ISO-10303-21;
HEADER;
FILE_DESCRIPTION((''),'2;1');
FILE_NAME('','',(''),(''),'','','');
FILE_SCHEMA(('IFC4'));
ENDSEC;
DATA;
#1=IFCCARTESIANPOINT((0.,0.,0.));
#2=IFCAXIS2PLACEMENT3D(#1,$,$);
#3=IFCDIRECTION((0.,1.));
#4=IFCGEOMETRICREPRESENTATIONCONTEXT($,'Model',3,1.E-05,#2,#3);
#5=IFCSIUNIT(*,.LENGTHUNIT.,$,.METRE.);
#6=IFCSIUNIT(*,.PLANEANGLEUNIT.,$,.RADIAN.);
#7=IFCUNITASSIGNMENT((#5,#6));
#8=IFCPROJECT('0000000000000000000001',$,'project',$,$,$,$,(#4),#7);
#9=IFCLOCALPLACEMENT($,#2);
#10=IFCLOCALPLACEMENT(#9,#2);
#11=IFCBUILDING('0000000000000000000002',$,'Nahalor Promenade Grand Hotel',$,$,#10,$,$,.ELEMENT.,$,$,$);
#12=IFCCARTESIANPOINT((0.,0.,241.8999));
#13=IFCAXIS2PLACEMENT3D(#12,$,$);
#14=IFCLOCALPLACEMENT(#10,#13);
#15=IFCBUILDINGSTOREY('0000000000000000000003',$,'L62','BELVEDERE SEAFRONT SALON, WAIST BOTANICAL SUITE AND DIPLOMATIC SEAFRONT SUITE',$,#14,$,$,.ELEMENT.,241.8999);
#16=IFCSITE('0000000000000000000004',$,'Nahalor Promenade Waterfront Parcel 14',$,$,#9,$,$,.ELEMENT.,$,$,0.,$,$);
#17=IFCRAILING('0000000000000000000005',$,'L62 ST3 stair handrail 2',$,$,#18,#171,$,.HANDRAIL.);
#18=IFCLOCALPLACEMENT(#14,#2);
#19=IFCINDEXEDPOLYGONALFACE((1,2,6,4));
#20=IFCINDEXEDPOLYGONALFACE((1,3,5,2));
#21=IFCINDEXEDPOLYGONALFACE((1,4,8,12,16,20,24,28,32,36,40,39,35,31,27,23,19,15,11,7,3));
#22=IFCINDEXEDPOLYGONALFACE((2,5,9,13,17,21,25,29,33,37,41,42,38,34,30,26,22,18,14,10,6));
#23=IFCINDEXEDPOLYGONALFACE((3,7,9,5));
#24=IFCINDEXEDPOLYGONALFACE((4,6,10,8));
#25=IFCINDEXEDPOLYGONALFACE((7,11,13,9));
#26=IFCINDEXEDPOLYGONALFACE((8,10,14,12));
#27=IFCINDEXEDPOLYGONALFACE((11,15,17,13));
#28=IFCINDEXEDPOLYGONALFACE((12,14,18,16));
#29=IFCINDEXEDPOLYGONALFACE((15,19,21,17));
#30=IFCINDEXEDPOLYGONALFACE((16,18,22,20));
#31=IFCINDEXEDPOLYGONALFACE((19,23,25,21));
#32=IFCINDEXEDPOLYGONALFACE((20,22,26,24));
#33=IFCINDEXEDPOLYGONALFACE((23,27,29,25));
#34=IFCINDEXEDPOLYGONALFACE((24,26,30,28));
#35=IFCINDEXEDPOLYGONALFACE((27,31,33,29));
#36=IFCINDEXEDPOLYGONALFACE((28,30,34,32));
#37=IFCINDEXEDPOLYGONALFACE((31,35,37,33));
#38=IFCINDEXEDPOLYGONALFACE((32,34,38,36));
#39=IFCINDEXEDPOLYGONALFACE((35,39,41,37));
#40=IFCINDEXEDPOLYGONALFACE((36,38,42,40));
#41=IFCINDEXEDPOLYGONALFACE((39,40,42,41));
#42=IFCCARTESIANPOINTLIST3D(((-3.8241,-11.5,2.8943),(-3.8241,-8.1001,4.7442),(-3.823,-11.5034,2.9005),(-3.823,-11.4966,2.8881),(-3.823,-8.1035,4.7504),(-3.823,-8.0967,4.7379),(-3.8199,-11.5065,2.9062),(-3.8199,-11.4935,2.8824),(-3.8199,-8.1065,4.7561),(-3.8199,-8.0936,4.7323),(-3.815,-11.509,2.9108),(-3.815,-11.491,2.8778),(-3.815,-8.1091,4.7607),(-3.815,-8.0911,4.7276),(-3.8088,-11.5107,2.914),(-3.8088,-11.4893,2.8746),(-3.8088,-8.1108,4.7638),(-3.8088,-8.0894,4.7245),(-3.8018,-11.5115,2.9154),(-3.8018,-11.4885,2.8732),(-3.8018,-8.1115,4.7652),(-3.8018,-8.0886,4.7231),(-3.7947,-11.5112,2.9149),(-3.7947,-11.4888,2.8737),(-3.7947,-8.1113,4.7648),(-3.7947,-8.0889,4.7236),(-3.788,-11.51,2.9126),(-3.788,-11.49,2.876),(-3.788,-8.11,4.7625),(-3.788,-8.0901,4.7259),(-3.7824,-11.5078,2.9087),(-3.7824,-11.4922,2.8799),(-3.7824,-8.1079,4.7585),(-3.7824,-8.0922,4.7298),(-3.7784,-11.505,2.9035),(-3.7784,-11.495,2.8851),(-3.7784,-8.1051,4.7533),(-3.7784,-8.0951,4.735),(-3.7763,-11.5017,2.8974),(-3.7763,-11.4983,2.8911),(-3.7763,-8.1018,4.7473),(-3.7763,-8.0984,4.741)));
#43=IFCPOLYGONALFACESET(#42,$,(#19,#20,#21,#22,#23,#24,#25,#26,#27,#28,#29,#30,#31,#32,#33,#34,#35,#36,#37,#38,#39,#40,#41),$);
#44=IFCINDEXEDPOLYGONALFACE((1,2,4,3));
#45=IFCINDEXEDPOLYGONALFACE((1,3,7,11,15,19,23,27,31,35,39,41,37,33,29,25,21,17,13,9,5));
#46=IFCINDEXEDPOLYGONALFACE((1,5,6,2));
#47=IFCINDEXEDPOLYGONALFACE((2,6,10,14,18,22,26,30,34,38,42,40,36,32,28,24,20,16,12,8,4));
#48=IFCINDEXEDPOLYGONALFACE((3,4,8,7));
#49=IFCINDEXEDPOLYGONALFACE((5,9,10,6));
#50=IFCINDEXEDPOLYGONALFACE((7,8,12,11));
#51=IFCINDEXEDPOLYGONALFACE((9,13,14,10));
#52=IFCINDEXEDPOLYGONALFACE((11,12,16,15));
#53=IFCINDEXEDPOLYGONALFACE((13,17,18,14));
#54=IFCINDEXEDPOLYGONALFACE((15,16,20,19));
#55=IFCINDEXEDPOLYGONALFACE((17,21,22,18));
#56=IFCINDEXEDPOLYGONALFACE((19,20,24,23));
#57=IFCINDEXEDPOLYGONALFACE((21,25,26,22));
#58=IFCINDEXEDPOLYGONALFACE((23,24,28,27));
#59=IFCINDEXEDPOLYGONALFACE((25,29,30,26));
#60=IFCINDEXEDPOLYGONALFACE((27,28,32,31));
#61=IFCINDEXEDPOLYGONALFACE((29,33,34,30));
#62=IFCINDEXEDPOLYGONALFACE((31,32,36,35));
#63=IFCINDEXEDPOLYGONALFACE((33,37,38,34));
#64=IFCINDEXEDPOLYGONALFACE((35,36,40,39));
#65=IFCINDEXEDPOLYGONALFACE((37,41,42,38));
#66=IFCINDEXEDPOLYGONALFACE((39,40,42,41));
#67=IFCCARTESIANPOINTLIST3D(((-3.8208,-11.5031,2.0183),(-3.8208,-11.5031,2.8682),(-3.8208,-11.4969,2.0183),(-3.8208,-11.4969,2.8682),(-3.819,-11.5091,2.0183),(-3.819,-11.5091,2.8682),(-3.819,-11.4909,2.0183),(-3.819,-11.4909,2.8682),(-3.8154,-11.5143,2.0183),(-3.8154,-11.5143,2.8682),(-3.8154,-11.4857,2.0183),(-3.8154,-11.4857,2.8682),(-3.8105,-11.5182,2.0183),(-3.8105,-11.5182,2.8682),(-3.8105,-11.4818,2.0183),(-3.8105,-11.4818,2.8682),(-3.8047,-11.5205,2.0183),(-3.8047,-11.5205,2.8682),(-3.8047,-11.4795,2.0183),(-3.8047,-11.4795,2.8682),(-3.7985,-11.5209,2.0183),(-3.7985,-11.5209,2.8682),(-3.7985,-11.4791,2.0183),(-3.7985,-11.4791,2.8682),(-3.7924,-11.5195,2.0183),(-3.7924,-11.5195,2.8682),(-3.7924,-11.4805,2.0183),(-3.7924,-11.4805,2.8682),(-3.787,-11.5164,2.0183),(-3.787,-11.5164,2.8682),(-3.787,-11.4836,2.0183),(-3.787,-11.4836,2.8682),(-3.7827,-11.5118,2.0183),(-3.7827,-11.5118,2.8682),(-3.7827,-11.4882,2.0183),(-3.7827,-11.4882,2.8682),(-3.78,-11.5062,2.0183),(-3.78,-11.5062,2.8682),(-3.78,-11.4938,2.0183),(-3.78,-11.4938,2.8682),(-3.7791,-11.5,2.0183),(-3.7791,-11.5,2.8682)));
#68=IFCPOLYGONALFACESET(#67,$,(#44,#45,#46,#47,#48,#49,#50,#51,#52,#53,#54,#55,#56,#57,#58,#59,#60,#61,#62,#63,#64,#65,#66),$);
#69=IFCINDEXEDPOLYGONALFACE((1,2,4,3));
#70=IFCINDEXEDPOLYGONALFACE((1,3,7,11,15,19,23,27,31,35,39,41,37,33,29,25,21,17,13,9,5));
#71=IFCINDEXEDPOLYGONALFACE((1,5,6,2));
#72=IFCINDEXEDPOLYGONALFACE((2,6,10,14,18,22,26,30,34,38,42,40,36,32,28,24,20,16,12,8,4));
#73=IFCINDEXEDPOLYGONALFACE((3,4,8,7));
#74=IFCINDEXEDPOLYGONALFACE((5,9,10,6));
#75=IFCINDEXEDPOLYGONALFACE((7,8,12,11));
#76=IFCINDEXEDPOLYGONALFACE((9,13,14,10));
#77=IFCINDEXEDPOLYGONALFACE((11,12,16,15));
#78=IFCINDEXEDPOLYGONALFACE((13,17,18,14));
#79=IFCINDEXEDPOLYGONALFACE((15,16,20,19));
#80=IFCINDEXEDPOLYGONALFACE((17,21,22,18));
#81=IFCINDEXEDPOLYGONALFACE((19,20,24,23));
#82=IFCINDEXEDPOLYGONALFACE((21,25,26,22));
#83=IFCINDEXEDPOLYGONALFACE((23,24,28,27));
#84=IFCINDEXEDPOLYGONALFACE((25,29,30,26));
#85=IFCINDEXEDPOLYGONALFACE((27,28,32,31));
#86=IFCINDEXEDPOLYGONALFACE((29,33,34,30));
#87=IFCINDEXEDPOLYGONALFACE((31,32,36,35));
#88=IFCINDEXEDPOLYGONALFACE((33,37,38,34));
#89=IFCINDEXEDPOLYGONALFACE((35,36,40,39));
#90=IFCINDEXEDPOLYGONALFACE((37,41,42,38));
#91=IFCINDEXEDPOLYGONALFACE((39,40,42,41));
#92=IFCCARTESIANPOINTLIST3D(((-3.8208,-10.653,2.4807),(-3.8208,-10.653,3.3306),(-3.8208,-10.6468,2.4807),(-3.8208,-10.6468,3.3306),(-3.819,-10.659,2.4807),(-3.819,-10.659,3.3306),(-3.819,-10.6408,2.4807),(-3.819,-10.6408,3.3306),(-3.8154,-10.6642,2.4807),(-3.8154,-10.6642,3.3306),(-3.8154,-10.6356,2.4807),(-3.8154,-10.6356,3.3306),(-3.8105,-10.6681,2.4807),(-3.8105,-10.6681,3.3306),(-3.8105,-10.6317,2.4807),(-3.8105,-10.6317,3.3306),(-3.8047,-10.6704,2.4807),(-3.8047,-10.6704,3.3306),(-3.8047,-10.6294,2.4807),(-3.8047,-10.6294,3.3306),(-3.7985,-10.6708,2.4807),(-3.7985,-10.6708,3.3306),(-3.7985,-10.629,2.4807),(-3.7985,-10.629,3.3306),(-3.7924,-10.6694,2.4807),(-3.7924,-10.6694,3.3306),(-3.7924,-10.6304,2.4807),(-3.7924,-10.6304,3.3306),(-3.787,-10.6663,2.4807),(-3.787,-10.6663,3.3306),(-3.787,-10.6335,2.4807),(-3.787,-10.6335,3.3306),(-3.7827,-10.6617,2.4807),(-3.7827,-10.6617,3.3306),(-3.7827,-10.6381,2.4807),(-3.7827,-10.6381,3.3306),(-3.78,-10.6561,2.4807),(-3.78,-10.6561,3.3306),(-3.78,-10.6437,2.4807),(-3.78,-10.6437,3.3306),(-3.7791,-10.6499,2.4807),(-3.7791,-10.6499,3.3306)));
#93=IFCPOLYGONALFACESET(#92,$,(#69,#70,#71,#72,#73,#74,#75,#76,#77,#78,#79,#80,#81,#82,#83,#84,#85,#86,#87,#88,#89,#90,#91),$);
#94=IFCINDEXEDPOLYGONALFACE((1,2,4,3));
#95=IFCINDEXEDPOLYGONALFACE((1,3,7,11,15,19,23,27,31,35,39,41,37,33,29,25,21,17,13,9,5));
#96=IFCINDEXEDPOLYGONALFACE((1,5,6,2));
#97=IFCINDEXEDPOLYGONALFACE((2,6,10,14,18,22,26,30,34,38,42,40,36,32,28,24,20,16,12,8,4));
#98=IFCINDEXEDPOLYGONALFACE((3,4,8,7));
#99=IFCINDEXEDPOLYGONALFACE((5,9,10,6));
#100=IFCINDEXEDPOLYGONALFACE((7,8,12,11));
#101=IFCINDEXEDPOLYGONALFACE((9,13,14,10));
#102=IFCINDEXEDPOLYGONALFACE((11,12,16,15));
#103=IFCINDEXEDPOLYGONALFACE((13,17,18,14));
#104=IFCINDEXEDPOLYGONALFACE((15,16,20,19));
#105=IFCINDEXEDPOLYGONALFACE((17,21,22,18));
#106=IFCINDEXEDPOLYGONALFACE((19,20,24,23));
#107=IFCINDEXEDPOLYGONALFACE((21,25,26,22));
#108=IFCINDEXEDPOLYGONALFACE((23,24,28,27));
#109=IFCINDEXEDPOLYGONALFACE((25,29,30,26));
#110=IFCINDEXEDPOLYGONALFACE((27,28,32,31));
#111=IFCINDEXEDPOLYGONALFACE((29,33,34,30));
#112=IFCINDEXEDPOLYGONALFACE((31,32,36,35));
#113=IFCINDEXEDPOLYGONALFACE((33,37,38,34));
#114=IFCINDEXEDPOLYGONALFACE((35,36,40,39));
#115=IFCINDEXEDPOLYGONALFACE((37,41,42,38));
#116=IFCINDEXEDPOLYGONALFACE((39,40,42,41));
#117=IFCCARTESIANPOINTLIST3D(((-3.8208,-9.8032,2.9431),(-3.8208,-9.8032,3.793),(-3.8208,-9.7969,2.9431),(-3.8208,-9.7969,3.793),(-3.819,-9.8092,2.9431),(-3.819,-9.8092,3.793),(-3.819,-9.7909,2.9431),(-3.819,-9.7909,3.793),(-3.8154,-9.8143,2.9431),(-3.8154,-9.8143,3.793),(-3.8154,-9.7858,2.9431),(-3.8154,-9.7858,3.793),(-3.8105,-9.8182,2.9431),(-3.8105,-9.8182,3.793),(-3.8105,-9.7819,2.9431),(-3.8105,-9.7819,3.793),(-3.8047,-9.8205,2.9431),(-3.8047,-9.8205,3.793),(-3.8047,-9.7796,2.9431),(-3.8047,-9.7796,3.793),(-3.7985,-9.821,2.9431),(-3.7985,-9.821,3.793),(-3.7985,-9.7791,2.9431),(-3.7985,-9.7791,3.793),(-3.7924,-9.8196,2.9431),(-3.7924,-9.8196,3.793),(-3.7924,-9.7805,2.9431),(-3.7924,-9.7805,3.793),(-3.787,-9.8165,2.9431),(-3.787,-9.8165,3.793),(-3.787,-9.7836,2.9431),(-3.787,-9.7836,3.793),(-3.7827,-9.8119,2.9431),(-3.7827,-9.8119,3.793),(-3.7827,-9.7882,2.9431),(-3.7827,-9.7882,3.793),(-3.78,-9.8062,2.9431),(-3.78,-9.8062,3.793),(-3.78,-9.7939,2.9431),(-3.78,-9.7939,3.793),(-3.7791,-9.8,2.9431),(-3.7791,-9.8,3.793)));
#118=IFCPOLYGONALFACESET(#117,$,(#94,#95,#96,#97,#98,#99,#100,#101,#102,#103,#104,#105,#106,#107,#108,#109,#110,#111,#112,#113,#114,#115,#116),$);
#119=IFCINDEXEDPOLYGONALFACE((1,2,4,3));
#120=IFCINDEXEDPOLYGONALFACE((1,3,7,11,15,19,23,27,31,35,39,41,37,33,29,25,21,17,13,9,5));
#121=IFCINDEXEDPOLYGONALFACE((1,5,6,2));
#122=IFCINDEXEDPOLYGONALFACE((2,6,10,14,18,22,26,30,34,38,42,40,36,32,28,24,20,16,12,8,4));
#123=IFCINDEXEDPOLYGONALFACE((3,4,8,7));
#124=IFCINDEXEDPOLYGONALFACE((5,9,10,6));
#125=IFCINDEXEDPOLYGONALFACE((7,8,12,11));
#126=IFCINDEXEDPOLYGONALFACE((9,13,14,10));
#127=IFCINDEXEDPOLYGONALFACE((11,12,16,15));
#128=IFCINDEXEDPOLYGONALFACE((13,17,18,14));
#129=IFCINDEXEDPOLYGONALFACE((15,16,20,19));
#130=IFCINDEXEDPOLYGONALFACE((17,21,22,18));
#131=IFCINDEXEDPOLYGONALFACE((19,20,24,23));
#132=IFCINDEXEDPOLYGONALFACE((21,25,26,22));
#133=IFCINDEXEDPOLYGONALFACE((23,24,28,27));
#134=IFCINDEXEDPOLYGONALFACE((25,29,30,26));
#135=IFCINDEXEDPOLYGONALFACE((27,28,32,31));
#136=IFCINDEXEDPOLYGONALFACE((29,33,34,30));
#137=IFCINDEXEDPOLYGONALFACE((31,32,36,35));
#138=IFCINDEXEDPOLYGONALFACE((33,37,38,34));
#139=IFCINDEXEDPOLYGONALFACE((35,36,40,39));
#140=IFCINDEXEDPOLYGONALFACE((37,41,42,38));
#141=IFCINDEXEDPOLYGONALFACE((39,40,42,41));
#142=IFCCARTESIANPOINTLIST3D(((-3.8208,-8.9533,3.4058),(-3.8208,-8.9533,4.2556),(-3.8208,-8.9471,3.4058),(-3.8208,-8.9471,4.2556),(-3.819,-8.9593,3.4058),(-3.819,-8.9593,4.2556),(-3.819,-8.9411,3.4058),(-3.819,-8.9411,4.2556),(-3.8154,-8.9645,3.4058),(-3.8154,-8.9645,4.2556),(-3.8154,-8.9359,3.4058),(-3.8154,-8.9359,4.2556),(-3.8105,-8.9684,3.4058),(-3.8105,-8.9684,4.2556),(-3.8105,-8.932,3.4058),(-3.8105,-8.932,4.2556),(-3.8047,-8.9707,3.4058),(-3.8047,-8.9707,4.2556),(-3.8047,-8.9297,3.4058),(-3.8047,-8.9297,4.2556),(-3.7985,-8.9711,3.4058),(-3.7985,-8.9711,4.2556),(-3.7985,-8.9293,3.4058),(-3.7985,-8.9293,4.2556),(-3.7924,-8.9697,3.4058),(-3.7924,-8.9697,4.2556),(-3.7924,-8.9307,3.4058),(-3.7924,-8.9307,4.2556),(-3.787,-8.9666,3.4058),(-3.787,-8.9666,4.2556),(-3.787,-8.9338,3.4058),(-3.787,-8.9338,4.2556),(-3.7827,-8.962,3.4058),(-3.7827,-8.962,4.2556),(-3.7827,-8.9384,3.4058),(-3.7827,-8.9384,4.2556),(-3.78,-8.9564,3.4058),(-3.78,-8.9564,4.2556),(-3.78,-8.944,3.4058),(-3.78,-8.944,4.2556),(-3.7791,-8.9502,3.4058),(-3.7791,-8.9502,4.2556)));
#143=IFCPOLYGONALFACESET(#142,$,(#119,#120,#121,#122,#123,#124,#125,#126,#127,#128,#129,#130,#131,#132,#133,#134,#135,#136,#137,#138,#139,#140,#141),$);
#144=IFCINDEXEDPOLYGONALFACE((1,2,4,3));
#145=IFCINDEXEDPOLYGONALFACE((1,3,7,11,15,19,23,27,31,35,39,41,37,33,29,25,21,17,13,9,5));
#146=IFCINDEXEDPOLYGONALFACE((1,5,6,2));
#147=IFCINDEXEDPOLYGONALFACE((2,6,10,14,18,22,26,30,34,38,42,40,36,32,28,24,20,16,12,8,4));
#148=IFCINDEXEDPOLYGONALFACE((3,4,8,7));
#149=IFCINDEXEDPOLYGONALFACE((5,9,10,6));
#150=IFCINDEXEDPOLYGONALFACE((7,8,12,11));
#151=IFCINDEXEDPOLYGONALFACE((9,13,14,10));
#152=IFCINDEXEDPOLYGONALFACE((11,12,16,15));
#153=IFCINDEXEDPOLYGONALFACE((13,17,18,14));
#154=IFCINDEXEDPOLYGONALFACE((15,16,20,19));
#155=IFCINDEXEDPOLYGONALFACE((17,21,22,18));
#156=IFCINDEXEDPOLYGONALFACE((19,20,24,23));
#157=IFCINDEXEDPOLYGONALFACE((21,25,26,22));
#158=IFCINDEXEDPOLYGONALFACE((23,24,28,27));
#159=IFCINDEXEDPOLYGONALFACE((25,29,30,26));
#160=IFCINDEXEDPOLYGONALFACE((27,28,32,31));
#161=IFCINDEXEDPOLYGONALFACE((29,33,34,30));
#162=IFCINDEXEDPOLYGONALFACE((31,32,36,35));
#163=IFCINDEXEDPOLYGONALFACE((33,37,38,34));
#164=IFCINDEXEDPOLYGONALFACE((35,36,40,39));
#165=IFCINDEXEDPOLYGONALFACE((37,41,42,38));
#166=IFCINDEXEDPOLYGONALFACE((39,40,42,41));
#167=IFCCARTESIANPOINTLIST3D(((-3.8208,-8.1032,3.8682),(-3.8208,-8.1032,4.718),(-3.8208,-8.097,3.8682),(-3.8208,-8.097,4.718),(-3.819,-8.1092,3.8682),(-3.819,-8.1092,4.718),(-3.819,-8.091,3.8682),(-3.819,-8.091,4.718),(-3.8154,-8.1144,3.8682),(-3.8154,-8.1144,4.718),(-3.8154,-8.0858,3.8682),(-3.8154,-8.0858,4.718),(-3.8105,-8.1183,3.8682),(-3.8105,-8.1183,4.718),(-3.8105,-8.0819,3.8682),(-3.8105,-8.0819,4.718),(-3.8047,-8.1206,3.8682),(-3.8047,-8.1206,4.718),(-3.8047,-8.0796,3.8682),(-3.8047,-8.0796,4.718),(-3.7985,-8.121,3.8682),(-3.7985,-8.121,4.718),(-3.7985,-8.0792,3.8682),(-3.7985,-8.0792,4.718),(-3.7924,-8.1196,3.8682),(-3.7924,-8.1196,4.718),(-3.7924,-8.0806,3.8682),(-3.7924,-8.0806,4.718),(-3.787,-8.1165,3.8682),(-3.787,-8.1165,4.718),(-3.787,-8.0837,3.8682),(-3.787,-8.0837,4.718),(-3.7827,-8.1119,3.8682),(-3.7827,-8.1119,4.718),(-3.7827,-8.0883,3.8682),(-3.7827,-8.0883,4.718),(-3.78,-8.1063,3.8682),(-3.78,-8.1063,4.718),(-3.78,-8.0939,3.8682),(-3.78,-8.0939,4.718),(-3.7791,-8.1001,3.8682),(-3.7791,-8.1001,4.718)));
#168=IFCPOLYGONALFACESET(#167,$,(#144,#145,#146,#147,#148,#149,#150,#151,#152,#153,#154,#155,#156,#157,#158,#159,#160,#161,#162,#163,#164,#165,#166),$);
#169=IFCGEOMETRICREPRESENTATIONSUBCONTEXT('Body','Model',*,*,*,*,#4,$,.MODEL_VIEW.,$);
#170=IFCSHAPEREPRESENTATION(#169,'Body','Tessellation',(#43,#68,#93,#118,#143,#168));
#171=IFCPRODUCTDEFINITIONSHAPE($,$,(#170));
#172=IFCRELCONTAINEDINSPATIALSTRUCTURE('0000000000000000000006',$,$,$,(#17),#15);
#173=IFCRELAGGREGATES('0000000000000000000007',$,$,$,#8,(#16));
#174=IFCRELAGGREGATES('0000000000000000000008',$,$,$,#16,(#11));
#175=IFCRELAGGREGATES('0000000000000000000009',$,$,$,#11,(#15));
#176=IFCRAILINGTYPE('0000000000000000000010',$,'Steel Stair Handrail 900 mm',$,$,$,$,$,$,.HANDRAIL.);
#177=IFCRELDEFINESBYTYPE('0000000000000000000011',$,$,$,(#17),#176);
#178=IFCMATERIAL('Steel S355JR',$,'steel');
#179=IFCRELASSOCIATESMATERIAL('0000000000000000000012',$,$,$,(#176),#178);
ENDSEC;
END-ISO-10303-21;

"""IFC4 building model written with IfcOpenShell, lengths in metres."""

from ifc_helpers import new_model, si_unit, direction, frame, origin, origin_2d, place, context, subcontext, project, spatial, circle, extrude, material, type_object, element, save


model = new_model("IFC4")

# Units and contexts
model_context = context("Model", 3, precision=1e-05, world=origin(), true_north=direction((0.0, 1.0)))
body_context = subcontext(model_context, "Body", "Model", "MODEL_VIEW")
ifc_project = project(units=[si_unit("LENGTHUNIT", "METRE"), si_unit("PLANEANGLEUNIT", "RADIAN")], contexts=[model_context])

# Site, building, storey
site_placement = place(None, origin())
site = spatial("IfcSite", under=ifc_project, at=site_placement, Name="Nahalor Promenade Waterfront Parcel 14", CompositionType="ELEMENT", RefElevation=0.0)
building_placement = place(site_placement, origin())
building = spatial("IfcBuilding", under=site, at=building_placement, Name="Nahalor Promenade Grand Hotel", CompositionType="ELEMENT")
storey_placement = place(building_placement, frame((0.0, 0.0, 241.8999)))
storey = spatial("IfcBuildingStorey", under=building, at=storey_placement, Name="L62", Description="BELVEDERE SEAFRONT SALON, WAIST BOTANICAL SUITE AND DIPLOMATIC SEAFRONT SUITE", CompositionType="ELEMENT", Elevation=241.8999)

# Shared definitions
ifc_material_1 = material(Name="Steel S355JR", Category="steel")

# Railing
railing_type_1 = type_object("IfcRailingType", Name="Steel Stair Handrail 900 mm", PredefinedType="HANDRAIL", material=ifc_material_1)
railing_1_placement = place(storey_placement, frame((-3.8, -11.5, 2.0183)))
element("IfcRailing", 1, at=railing_1_placement, inside=storey, type_object=railing_type_1, Name="L62 ST3 stair handrail 2", PredefinedType="HANDRAIL", context=body_context, shape_type="SweptSolid", body=[
    extrude(circle(Radius=0.024, at=origin_2d()), frame((0.0, 0.0, 0.876), z_axis=(0.0, 0.878399, 0.477928), x_axis=(-1.0, 0.0, 0.0)), (0.0, 0.0, 1.0), 3.8706),
    extrude(circle(Radius=0.021, at=origin_2d()), origin(), (0.0, 0.0, 1.0), 0.8499),
    extrude(circle(Radius=0.021, at=origin_2d()), frame((0.0, 0.8501, 0.4624)), (0.0, 0.0, 1.0), 0.8499),
    extrude(circle(Radius=0.021, at=origin_2d()), frame((0.0, 1.7, 0.9248)), (0.0, 0.0, 1.0), 0.8499),
    extrude(circle(Radius=0.021, at=origin_2d()), frame((0.0, 2.5498, 1.3875)), (0.0, 0.0, 1.0), 0.8499),
    extrude(circle(Radius=0.021, at=origin_2d()), frame((0.0, 3.3999, 1.8499)), (0.0, 0.0, 1.0), 0.8499),
])

save(model, "model.ifc")
